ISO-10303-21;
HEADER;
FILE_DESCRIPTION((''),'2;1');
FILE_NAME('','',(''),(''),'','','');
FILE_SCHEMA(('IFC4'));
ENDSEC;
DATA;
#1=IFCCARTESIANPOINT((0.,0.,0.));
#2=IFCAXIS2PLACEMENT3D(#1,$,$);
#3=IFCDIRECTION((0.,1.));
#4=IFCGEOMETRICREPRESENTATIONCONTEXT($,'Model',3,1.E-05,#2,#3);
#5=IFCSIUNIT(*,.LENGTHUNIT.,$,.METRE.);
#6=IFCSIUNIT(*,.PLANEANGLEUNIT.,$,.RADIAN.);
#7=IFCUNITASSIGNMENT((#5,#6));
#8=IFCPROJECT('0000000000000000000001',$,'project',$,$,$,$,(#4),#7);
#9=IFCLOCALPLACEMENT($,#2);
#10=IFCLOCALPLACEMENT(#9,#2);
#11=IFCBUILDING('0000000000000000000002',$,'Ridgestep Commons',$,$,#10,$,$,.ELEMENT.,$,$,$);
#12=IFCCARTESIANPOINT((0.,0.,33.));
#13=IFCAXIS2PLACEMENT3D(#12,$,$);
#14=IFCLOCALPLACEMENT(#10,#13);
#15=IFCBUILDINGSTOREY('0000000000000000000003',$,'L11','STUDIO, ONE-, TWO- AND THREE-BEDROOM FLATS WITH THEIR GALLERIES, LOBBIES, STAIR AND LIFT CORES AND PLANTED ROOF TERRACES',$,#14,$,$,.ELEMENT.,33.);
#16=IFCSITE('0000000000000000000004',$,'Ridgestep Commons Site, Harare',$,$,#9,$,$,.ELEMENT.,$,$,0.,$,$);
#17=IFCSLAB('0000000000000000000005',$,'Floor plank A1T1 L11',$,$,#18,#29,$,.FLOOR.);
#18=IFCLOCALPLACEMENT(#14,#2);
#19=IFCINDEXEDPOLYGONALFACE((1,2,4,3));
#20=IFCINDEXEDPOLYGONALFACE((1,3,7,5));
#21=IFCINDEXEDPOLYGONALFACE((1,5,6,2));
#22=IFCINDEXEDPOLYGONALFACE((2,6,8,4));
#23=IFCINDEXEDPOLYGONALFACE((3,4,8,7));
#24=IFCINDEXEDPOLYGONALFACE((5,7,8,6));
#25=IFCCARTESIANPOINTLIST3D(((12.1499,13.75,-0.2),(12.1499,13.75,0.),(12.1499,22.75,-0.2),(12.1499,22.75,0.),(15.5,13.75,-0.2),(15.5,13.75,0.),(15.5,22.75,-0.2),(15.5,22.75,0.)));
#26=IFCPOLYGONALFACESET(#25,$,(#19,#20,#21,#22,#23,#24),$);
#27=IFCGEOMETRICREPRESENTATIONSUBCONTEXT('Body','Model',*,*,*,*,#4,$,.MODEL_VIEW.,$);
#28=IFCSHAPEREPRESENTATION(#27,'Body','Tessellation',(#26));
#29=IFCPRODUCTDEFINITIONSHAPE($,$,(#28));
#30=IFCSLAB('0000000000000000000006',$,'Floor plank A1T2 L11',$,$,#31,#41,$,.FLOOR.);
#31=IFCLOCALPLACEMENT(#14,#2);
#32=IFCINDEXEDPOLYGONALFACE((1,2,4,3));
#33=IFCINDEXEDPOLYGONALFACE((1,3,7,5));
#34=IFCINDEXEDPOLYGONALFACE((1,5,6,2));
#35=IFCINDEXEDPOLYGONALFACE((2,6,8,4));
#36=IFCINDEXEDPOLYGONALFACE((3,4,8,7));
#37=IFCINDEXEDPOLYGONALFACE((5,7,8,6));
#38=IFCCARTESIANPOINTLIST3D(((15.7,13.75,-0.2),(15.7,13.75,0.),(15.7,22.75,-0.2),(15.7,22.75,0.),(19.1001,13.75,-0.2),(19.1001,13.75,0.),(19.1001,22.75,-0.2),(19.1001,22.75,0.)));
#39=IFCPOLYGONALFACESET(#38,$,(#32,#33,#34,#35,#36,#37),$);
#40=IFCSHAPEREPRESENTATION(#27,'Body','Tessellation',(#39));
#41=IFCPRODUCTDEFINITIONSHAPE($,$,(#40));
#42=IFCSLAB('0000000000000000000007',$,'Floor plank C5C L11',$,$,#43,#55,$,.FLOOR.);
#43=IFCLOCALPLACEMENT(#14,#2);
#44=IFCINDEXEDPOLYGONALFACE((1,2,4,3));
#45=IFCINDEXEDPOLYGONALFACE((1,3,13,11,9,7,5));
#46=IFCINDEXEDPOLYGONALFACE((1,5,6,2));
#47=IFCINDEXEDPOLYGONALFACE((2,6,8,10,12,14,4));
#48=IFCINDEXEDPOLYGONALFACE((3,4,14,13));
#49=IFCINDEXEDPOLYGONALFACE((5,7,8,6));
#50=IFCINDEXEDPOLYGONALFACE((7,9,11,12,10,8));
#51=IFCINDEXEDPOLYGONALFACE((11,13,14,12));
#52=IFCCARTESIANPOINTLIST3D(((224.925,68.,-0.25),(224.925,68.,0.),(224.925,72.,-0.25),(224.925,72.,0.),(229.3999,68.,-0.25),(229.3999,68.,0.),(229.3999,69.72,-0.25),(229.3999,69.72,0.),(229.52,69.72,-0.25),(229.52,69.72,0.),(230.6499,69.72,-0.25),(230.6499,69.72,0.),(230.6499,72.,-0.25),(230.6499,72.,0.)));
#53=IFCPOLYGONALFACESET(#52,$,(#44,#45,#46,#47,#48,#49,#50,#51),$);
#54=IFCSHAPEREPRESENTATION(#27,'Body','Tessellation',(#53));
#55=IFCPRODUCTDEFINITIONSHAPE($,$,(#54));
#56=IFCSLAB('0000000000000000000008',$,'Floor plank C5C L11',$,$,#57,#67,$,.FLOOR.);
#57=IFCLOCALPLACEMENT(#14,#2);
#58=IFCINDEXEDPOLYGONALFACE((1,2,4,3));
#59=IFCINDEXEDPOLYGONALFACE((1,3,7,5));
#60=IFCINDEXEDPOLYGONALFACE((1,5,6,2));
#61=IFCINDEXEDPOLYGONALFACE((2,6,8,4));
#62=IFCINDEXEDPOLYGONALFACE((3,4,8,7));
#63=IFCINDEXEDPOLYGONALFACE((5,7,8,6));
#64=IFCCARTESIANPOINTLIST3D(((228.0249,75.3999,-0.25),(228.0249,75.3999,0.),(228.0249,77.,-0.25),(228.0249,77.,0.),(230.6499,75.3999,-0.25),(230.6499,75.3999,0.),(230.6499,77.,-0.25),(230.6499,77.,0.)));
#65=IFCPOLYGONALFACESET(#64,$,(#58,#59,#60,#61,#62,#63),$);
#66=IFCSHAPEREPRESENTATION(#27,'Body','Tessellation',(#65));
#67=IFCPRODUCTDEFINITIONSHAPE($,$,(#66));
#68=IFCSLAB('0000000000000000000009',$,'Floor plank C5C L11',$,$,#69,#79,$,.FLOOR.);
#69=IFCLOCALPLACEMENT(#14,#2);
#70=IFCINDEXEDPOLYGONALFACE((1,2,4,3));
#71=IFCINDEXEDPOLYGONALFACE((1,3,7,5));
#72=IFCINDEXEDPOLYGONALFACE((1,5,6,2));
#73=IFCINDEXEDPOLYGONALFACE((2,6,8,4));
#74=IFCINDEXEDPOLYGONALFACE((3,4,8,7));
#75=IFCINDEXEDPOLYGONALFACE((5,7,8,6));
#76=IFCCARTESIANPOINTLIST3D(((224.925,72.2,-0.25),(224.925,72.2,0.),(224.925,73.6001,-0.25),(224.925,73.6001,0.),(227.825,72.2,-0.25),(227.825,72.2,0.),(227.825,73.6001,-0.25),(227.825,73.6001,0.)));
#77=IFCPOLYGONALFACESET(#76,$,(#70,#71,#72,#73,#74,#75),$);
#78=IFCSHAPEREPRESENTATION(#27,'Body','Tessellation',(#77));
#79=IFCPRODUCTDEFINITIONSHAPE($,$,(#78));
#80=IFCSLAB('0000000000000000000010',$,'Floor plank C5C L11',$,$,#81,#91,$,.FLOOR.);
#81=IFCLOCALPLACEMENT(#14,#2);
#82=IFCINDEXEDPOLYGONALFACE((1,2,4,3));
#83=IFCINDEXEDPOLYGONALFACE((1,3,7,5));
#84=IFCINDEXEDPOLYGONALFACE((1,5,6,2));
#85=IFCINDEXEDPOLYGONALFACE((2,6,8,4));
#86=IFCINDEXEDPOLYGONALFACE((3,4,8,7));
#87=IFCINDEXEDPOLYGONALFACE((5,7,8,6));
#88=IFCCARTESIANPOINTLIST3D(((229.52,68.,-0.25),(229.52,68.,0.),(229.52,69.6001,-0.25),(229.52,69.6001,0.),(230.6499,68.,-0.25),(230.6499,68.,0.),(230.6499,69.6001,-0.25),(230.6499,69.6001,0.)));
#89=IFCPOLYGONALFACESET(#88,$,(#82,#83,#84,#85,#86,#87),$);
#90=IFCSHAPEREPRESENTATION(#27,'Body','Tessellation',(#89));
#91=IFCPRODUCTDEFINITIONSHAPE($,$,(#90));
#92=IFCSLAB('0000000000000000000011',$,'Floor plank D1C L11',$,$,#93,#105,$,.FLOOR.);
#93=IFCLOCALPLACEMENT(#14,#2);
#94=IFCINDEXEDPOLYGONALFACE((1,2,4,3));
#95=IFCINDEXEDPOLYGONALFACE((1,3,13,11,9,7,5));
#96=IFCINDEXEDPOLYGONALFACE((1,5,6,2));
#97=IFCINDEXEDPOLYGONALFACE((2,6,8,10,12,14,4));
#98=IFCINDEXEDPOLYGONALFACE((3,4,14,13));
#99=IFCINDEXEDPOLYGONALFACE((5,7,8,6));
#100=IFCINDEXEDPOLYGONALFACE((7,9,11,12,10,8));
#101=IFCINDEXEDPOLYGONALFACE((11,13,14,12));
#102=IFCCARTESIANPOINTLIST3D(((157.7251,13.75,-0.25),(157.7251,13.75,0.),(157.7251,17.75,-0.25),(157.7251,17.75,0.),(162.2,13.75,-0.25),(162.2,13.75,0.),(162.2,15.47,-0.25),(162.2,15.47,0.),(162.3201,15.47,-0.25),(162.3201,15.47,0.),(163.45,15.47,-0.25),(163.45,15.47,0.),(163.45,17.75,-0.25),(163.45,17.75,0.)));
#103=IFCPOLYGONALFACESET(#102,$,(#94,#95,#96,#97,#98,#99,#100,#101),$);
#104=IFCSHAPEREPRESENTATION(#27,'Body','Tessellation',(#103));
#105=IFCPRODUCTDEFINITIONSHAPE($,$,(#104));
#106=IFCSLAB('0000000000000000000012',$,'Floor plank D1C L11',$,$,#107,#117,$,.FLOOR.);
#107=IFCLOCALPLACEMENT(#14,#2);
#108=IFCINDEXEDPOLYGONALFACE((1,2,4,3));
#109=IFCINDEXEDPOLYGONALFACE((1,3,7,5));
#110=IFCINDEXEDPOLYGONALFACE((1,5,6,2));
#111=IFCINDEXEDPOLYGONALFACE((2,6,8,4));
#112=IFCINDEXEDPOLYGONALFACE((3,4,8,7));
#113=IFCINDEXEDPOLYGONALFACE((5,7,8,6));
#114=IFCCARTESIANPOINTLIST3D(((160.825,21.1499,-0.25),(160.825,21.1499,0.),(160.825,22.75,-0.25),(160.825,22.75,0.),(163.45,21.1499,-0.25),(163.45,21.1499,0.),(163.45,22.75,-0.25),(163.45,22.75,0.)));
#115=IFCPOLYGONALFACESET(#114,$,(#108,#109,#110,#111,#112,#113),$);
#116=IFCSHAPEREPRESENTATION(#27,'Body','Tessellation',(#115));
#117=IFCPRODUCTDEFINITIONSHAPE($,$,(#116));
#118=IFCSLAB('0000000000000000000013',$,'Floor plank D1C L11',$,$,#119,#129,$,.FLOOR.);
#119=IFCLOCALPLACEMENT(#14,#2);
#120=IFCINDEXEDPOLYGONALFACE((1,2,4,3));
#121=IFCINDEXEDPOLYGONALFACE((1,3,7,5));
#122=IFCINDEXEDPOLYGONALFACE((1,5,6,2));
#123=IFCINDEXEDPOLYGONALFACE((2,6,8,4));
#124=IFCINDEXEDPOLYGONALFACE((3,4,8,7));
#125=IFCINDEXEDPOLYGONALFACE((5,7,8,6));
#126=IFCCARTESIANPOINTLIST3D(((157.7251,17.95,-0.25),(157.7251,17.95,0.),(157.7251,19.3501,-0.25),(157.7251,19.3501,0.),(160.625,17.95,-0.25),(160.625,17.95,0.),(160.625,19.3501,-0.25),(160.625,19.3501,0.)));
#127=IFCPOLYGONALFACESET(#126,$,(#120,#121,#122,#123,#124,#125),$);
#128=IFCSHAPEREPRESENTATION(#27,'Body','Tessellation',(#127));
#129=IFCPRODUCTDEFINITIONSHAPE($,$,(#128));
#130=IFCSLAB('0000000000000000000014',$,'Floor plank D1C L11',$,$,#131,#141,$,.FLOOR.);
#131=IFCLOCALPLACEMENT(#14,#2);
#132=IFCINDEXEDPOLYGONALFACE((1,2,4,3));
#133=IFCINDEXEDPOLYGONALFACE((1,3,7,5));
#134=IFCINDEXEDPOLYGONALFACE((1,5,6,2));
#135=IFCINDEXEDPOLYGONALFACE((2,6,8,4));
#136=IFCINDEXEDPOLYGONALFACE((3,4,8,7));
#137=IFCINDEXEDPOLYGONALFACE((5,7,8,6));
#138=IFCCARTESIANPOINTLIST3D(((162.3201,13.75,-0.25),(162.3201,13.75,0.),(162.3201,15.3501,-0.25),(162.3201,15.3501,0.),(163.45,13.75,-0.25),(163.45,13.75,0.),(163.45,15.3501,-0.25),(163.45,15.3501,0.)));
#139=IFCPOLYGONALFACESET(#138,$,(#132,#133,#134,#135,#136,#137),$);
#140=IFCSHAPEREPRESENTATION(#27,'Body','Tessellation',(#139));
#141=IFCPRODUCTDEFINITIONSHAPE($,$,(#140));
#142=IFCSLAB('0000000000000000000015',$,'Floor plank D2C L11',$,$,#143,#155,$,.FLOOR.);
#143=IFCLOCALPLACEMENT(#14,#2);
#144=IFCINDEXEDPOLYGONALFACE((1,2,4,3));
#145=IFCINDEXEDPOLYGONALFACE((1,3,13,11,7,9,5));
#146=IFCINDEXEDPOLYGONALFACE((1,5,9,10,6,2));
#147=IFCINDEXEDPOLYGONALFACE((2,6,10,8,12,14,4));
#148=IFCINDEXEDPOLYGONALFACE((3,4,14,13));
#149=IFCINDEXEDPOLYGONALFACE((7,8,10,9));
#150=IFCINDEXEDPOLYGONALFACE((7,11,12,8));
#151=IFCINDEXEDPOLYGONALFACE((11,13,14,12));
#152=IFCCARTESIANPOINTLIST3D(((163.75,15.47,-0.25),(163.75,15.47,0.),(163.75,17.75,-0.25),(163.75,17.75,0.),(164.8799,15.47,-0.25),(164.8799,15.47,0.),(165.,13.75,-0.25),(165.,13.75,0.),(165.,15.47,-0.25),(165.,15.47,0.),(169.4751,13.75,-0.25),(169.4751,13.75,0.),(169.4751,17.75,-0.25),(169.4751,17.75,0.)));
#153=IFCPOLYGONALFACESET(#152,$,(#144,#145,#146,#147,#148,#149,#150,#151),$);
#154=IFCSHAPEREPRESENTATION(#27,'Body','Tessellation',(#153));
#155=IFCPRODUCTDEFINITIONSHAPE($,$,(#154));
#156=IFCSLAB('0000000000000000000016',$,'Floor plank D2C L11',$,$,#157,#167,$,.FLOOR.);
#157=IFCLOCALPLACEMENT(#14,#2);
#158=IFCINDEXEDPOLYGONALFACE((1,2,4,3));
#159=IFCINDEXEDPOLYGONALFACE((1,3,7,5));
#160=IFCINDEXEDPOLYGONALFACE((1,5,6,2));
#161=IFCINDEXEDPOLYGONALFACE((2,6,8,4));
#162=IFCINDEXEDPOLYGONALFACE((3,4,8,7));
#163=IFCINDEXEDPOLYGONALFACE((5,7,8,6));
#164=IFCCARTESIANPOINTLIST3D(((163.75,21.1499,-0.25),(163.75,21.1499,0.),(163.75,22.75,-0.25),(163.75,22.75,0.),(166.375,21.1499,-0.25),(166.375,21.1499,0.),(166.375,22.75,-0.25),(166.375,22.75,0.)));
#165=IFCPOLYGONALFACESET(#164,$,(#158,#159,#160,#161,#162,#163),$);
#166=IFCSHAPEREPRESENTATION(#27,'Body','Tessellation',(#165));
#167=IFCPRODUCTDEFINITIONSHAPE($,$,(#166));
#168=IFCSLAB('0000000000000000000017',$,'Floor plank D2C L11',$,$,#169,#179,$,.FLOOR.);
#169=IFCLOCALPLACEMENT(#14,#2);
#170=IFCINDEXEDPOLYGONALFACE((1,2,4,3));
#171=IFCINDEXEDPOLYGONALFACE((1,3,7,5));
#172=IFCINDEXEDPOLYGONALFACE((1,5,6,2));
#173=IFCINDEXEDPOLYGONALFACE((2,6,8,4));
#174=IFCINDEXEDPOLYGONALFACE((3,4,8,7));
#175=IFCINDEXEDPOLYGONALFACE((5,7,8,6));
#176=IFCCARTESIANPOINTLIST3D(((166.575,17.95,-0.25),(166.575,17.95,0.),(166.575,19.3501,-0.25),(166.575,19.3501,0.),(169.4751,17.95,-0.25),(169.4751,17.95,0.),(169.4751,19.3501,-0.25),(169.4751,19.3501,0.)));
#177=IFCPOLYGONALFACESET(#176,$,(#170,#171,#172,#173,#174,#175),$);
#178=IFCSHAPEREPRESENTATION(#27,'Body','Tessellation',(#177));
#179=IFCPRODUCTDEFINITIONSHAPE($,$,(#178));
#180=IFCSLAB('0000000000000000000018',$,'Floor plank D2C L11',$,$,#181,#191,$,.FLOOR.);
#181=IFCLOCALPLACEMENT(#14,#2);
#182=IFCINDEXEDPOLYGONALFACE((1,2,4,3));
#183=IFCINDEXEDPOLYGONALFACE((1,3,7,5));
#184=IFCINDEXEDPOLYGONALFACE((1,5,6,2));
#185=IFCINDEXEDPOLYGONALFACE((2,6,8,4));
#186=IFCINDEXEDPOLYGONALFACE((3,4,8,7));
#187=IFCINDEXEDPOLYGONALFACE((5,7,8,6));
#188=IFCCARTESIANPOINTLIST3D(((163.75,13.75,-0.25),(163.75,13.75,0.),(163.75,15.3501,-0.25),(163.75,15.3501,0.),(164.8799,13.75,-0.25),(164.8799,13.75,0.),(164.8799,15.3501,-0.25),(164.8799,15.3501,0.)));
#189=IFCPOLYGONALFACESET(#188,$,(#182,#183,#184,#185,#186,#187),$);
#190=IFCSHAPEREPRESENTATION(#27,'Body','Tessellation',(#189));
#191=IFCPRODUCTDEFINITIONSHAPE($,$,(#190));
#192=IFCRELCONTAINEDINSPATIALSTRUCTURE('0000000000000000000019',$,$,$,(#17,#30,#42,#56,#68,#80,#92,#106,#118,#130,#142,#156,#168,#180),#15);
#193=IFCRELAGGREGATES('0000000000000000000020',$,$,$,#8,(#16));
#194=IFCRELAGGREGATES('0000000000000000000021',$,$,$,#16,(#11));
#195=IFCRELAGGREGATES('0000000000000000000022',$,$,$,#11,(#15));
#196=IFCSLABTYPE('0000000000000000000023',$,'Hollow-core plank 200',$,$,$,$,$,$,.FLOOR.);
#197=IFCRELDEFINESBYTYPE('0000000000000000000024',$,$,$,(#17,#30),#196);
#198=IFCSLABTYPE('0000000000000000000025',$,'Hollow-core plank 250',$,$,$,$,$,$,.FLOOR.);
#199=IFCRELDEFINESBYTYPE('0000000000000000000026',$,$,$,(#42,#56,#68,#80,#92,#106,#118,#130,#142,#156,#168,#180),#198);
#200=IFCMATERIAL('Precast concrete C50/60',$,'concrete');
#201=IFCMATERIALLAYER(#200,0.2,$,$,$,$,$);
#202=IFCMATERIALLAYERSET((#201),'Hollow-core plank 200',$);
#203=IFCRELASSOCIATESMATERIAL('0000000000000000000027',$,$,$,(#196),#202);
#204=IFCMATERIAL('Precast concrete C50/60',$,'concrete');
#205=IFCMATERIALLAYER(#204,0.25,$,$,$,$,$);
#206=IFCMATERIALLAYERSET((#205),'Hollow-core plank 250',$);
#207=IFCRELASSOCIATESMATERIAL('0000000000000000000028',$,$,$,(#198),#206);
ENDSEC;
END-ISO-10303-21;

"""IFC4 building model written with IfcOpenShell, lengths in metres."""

from ifc_helpers import new_model, si_unit, direction, frame, origin, place, context, subcontext, project, spatial, polyline, outline, extrude, material, layer, layer_set, type_object, element, save


model = new_model("IFC4")

# Units and contexts
model_context = context("Model", 3, precision=1e-05, world=origin(), true_north=direction((0.0, 1.0)))
body_context = subcontext(model_context, "Body", "Model", "MODEL_VIEW")
ifc_project = project(units=[si_unit("LENGTHUNIT", "METRE"), si_unit("PLANEANGLEUNIT", "RADIAN")], contexts=[model_context])

# Site, building, storey
site_placement = place(None, origin())
site = spatial("IfcSite", under=ifc_project, at=site_placement, Name="Ridgestep Commons Site, Harare", CompositionType="ELEMENT", RefElevation=0.0)
building_placement = place(site_placement, origin())
building = spatial("IfcBuilding", under=site, at=building_placement, Name="Ridgestep Commons", CompositionType="ELEMENT")
storey_placement = place(building_placement, frame((0.0, 0.0, 33.0)))
storey = spatial("IfcBuildingStorey", under=building, at=storey_placement, Name="L11", Description="STUDIO, ONE-, TWO- AND THREE-BEDROOM FLATS WITH THEIR GALLERIES, LOBBIES, STAIR AND LIFT CORES AND PLANTED ROOF TERRACES", CompositionType="ELEMENT", Elevation=33.0)

# Slabs
ifc_material_1 = material(Name="Precast concrete C50/60", Category="concrete")
ifc_layer_1 = layer(ifc_material_1, 0.2)
ifc_layer_set_1 = layer_set([ifc_layer_1], Name="Hollow-core plank 200")
slab_type_1 = type_object("IfcSlabType", Name="Hollow-core plank 200", PredefinedType="FLOOR", material=ifc_layer_set_1)
slab_1_placement = place(storey_placement, frame((0.0, 0.0, -0.2)))
element("IfcSlab", 1, at=slab_1_placement, inside=storey, type_object=slab_type_1, Name="Floor plank A1T1 L11", PredefinedType="FLOOR", context=body_context, shape_type="SweptSolid", body=[
    extrude(outline(polyline([(15.5, 13.75), (15.5, 22.75), (12.1499, 22.75), (12.1499, 13.75), (15.5, 13.75)])), origin(), (0.0, 0.0, 1.0), 0.2),
])
slab_2_placement = place(storey_placement, frame((0.0, 0.0, -0.2)))
element("IfcSlab", 2, at=slab_2_placement, inside=storey, type_object=slab_type_1, Name="Floor plank A1T2 L11", PredefinedType="FLOOR", context=body_context, shape_type="SweptSolid", body=[
    extrude(outline(polyline([(19.1001, 13.75), (19.1001, 22.75), (15.7, 22.75), (15.7, 13.75), (19.1001, 13.75)])), origin(), (0.0, 0.0, 1.0), 0.2),
])
ifc_material_2 = material(Name="Precast concrete C50/60", Category="concrete")
ifc_layer_2 = layer(ifc_material_2, 0.25)
ifc_layer_set_2 = layer_set([ifc_layer_2], Name="Hollow-core plank 250")
slab_type_2 = type_object("IfcSlabType", Name="Hollow-core plank 250", PredefinedType="FLOOR", material=ifc_layer_set_2)
slab_3_placement = place(storey_placement, frame((0.0, 0.0, -0.25)))
element("IfcSlab", 3, at=slab_3_placement, inside=storey, type_object=slab_type_2, Name="Floor plank C5C L11", PredefinedType="FLOOR", context=body_context, shape_type="SweptSolid", body=[
    extrude(outline(polyline([(229.52, 69.72), (230.6499, 69.72), (230.6499, 72.0), (224.925, 72.0), (224.925, 68.0), (229.3999, 68.0), (229.3999, 69.72), (229.52, 69.72)])), origin(), (0.0, 0.0, 1.0), 0.25),
])
slab_4_placement = place(storey_placement, frame((0.0, 0.0, -0.25)))
element("IfcSlab", 4, at=slab_4_placement, inside=storey, type_object=slab_type_2, Name="Floor plank C5C L11", PredefinedType="FLOOR", context=body_context, shape_type="SweptSolid", body=[
    extrude(outline(polyline([(230.6499, 75.3999), (230.6499, 77.0), (228.0249, 77.0), (228.0249, 75.3999), (230.6499, 75.3999)])), origin(), (0.0, 0.0, 1.0), 0.25),
])
slab_5_placement = place(storey_placement, frame((0.0, 0.0, -0.25)))
element("IfcSlab", 5, at=slab_5_placement, inside=storey, type_object=slab_type_2, Name="Floor plank C5C L11", PredefinedType="FLOOR", context=body_context, shape_type="SweptSolid", body=[
    extrude(outline(polyline([(227.825, 72.2), (227.825, 73.6001), (224.925, 73.6001), (224.925, 72.2), (227.825, 72.2)])), origin(), (0.0, 0.0, 1.0), 0.25),
])
slab_6_placement = place(storey_placement, frame((0.0, 0.0, -0.25)))
element("IfcSlab", 6, at=slab_6_placement, inside=storey, type_object=slab_type_2, Name="Floor plank C5C L11", PredefinedType="FLOOR", context=body_context, shape_type="SweptSolid", body=[
    extrude(outline(polyline([(229.52, 68.0), (230.6499, 68.0), (230.6499, 69.6001), (229.52, 69.6001), (229.52, 68.0)])), origin(), (0.0, 0.0, 1.0), 0.25),
])
slab_7_placement = place(storey_placement, frame((0.0, 0.0, -0.25)))
element("IfcSlab", 7, at=slab_7_placement, inside=storey, type_object=slab_type_2, Name="Floor plank D1C L11", PredefinedType="FLOOR", context=body_context, shape_type="SweptSolid", body=[
    extrude(outline(polyline([(162.3201, 15.47), (163.45, 15.47), (163.45, 17.75), (157.7251, 17.75), (157.7251, 13.75), (162.2, 13.75), (162.2, 15.47), (162.3201, 15.47)])), origin(), (0.0, 0.0, 1.0), 0.25),
])
slab_8_placement = place(storey_placement, frame((0.0, 0.0, -0.25)))
element("IfcSlab", 8, at=slab_8_placement, inside=storey, type_object=slab_type_2, Name="Floor plank D1C L11", PredefinedType="FLOOR", context=body_context, shape_type="SweptSolid", body=[
    extrude(outline(polyline([(163.45, 21.1499), (163.45, 22.75), (160.825, 22.75), (160.825, 21.1499), (163.45, 21.1499)])), origin(), (0.0, 0.0, 1.0), 0.25),
])
slab_9_placement = place(storey_placement, frame((0.0, 0.0, -0.25)))
element("IfcSlab", 9, at=slab_9_placement, inside=storey, type_object=slab_type_2, Name="Floor plank D1C L11", PredefinedType="FLOOR", context=body_context, shape_type="SweptSolid", body=[
    extrude(outline(polyline([(160.625, 17.95), (160.625, 19.3501), (157.7251, 19.3501), (157.7251, 17.95), (160.625, 17.95)])), origin(), (0.0, 0.0, 1.0), 0.25),
])
slab_10_placement = place(storey_placement, frame((0.0, 0.0, -0.25)))
element("IfcSlab", 10, at=slab_10_placement, inside=storey, type_object=slab_type_2, Name="Floor plank D1C L11", PredefinedType="FLOOR", context=body_context, shape_type="SweptSolid", body=[
    extrude(outline(polyline([(162.3201, 13.75), (163.45, 13.75), (163.45, 15.3501), (162.3201, 15.3501), (162.3201, 13.75)])), origin(), (0.0, 0.0, 1.0), 0.25),
])
slab_11_placement = place(storey_placement, frame((0.0, 0.0, -0.25)))
element("IfcSlab", 11, at=slab_11_placement, inside=storey, type_object=slab_type_2, Name="Floor plank D2C L11", PredefinedType="FLOOR", context=body_context, shape_type="SweptSolid", body=[
    extrude(outline(polyline([(165.0, 13.75), (169.4751, 13.75), (169.4751, 17.75), (163.75, 17.75), (163.75, 15.47), (164.8799, 15.47), (165.0, 15.47), (165.0, 13.75)])), origin(), (0.0, 0.0, 1.0), 0.25),
])
slab_12_placement = place(storey_placement, frame((0.0, 0.0, -0.25)))
element("IfcSlab", 12, at=slab_12_placement, inside=storey, type_object=slab_type_2, Name="Floor plank D2C L11", PredefinedType="FLOOR", context=body_context, shape_type="SweptSolid", body=[
    extrude(outline(polyline([(166.375, 22.75), (163.75, 22.75), (163.75, 21.1499), (166.375, 21.1499), (166.375, 22.75)])), origin(), (0.0, 0.0, 1.0), 0.25),
])
slab_13_placement = place(storey_placement, frame((0.0, 0.0, -0.25)))
element("IfcSlab", 13, at=slab_13_placement, inside=storey, type_object=slab_type_2, Name="Floor plank D2C L11", PredefinedType="FLOOR", context=body_context, shape_type="SweptSolid", body=[
    extrude(outline(polyline([(169.4751, 17.95), (169.4751, 19.3501), (166.575, 19.3501), (166.575, 17.95), (169.4751, 17.95)])), origin(), (0.0, 0.0, 1.0), 0.25),
])
slab_14_placement = place(storey_placement, frame((0.0, 0.0, -0.25)))
element("IfcSlab", 14, at=slab_14_placement, inside=storey, type_object=slab_type_2, Name="Floor plank D2C L11", PredefinedType="FLOOR", context=body_context, shape_type="SweptSolid", body=[
    extrude(outline(polyline([(164.8799, 15.3501), (163.75, 15.3501), (163.75, 13.75), (164.8799, 13.75), (164.8799, 15.3501)])), origin(), (0.0, 0.0, 1.0), 0.25),
])

save(model, "model.ifc")
